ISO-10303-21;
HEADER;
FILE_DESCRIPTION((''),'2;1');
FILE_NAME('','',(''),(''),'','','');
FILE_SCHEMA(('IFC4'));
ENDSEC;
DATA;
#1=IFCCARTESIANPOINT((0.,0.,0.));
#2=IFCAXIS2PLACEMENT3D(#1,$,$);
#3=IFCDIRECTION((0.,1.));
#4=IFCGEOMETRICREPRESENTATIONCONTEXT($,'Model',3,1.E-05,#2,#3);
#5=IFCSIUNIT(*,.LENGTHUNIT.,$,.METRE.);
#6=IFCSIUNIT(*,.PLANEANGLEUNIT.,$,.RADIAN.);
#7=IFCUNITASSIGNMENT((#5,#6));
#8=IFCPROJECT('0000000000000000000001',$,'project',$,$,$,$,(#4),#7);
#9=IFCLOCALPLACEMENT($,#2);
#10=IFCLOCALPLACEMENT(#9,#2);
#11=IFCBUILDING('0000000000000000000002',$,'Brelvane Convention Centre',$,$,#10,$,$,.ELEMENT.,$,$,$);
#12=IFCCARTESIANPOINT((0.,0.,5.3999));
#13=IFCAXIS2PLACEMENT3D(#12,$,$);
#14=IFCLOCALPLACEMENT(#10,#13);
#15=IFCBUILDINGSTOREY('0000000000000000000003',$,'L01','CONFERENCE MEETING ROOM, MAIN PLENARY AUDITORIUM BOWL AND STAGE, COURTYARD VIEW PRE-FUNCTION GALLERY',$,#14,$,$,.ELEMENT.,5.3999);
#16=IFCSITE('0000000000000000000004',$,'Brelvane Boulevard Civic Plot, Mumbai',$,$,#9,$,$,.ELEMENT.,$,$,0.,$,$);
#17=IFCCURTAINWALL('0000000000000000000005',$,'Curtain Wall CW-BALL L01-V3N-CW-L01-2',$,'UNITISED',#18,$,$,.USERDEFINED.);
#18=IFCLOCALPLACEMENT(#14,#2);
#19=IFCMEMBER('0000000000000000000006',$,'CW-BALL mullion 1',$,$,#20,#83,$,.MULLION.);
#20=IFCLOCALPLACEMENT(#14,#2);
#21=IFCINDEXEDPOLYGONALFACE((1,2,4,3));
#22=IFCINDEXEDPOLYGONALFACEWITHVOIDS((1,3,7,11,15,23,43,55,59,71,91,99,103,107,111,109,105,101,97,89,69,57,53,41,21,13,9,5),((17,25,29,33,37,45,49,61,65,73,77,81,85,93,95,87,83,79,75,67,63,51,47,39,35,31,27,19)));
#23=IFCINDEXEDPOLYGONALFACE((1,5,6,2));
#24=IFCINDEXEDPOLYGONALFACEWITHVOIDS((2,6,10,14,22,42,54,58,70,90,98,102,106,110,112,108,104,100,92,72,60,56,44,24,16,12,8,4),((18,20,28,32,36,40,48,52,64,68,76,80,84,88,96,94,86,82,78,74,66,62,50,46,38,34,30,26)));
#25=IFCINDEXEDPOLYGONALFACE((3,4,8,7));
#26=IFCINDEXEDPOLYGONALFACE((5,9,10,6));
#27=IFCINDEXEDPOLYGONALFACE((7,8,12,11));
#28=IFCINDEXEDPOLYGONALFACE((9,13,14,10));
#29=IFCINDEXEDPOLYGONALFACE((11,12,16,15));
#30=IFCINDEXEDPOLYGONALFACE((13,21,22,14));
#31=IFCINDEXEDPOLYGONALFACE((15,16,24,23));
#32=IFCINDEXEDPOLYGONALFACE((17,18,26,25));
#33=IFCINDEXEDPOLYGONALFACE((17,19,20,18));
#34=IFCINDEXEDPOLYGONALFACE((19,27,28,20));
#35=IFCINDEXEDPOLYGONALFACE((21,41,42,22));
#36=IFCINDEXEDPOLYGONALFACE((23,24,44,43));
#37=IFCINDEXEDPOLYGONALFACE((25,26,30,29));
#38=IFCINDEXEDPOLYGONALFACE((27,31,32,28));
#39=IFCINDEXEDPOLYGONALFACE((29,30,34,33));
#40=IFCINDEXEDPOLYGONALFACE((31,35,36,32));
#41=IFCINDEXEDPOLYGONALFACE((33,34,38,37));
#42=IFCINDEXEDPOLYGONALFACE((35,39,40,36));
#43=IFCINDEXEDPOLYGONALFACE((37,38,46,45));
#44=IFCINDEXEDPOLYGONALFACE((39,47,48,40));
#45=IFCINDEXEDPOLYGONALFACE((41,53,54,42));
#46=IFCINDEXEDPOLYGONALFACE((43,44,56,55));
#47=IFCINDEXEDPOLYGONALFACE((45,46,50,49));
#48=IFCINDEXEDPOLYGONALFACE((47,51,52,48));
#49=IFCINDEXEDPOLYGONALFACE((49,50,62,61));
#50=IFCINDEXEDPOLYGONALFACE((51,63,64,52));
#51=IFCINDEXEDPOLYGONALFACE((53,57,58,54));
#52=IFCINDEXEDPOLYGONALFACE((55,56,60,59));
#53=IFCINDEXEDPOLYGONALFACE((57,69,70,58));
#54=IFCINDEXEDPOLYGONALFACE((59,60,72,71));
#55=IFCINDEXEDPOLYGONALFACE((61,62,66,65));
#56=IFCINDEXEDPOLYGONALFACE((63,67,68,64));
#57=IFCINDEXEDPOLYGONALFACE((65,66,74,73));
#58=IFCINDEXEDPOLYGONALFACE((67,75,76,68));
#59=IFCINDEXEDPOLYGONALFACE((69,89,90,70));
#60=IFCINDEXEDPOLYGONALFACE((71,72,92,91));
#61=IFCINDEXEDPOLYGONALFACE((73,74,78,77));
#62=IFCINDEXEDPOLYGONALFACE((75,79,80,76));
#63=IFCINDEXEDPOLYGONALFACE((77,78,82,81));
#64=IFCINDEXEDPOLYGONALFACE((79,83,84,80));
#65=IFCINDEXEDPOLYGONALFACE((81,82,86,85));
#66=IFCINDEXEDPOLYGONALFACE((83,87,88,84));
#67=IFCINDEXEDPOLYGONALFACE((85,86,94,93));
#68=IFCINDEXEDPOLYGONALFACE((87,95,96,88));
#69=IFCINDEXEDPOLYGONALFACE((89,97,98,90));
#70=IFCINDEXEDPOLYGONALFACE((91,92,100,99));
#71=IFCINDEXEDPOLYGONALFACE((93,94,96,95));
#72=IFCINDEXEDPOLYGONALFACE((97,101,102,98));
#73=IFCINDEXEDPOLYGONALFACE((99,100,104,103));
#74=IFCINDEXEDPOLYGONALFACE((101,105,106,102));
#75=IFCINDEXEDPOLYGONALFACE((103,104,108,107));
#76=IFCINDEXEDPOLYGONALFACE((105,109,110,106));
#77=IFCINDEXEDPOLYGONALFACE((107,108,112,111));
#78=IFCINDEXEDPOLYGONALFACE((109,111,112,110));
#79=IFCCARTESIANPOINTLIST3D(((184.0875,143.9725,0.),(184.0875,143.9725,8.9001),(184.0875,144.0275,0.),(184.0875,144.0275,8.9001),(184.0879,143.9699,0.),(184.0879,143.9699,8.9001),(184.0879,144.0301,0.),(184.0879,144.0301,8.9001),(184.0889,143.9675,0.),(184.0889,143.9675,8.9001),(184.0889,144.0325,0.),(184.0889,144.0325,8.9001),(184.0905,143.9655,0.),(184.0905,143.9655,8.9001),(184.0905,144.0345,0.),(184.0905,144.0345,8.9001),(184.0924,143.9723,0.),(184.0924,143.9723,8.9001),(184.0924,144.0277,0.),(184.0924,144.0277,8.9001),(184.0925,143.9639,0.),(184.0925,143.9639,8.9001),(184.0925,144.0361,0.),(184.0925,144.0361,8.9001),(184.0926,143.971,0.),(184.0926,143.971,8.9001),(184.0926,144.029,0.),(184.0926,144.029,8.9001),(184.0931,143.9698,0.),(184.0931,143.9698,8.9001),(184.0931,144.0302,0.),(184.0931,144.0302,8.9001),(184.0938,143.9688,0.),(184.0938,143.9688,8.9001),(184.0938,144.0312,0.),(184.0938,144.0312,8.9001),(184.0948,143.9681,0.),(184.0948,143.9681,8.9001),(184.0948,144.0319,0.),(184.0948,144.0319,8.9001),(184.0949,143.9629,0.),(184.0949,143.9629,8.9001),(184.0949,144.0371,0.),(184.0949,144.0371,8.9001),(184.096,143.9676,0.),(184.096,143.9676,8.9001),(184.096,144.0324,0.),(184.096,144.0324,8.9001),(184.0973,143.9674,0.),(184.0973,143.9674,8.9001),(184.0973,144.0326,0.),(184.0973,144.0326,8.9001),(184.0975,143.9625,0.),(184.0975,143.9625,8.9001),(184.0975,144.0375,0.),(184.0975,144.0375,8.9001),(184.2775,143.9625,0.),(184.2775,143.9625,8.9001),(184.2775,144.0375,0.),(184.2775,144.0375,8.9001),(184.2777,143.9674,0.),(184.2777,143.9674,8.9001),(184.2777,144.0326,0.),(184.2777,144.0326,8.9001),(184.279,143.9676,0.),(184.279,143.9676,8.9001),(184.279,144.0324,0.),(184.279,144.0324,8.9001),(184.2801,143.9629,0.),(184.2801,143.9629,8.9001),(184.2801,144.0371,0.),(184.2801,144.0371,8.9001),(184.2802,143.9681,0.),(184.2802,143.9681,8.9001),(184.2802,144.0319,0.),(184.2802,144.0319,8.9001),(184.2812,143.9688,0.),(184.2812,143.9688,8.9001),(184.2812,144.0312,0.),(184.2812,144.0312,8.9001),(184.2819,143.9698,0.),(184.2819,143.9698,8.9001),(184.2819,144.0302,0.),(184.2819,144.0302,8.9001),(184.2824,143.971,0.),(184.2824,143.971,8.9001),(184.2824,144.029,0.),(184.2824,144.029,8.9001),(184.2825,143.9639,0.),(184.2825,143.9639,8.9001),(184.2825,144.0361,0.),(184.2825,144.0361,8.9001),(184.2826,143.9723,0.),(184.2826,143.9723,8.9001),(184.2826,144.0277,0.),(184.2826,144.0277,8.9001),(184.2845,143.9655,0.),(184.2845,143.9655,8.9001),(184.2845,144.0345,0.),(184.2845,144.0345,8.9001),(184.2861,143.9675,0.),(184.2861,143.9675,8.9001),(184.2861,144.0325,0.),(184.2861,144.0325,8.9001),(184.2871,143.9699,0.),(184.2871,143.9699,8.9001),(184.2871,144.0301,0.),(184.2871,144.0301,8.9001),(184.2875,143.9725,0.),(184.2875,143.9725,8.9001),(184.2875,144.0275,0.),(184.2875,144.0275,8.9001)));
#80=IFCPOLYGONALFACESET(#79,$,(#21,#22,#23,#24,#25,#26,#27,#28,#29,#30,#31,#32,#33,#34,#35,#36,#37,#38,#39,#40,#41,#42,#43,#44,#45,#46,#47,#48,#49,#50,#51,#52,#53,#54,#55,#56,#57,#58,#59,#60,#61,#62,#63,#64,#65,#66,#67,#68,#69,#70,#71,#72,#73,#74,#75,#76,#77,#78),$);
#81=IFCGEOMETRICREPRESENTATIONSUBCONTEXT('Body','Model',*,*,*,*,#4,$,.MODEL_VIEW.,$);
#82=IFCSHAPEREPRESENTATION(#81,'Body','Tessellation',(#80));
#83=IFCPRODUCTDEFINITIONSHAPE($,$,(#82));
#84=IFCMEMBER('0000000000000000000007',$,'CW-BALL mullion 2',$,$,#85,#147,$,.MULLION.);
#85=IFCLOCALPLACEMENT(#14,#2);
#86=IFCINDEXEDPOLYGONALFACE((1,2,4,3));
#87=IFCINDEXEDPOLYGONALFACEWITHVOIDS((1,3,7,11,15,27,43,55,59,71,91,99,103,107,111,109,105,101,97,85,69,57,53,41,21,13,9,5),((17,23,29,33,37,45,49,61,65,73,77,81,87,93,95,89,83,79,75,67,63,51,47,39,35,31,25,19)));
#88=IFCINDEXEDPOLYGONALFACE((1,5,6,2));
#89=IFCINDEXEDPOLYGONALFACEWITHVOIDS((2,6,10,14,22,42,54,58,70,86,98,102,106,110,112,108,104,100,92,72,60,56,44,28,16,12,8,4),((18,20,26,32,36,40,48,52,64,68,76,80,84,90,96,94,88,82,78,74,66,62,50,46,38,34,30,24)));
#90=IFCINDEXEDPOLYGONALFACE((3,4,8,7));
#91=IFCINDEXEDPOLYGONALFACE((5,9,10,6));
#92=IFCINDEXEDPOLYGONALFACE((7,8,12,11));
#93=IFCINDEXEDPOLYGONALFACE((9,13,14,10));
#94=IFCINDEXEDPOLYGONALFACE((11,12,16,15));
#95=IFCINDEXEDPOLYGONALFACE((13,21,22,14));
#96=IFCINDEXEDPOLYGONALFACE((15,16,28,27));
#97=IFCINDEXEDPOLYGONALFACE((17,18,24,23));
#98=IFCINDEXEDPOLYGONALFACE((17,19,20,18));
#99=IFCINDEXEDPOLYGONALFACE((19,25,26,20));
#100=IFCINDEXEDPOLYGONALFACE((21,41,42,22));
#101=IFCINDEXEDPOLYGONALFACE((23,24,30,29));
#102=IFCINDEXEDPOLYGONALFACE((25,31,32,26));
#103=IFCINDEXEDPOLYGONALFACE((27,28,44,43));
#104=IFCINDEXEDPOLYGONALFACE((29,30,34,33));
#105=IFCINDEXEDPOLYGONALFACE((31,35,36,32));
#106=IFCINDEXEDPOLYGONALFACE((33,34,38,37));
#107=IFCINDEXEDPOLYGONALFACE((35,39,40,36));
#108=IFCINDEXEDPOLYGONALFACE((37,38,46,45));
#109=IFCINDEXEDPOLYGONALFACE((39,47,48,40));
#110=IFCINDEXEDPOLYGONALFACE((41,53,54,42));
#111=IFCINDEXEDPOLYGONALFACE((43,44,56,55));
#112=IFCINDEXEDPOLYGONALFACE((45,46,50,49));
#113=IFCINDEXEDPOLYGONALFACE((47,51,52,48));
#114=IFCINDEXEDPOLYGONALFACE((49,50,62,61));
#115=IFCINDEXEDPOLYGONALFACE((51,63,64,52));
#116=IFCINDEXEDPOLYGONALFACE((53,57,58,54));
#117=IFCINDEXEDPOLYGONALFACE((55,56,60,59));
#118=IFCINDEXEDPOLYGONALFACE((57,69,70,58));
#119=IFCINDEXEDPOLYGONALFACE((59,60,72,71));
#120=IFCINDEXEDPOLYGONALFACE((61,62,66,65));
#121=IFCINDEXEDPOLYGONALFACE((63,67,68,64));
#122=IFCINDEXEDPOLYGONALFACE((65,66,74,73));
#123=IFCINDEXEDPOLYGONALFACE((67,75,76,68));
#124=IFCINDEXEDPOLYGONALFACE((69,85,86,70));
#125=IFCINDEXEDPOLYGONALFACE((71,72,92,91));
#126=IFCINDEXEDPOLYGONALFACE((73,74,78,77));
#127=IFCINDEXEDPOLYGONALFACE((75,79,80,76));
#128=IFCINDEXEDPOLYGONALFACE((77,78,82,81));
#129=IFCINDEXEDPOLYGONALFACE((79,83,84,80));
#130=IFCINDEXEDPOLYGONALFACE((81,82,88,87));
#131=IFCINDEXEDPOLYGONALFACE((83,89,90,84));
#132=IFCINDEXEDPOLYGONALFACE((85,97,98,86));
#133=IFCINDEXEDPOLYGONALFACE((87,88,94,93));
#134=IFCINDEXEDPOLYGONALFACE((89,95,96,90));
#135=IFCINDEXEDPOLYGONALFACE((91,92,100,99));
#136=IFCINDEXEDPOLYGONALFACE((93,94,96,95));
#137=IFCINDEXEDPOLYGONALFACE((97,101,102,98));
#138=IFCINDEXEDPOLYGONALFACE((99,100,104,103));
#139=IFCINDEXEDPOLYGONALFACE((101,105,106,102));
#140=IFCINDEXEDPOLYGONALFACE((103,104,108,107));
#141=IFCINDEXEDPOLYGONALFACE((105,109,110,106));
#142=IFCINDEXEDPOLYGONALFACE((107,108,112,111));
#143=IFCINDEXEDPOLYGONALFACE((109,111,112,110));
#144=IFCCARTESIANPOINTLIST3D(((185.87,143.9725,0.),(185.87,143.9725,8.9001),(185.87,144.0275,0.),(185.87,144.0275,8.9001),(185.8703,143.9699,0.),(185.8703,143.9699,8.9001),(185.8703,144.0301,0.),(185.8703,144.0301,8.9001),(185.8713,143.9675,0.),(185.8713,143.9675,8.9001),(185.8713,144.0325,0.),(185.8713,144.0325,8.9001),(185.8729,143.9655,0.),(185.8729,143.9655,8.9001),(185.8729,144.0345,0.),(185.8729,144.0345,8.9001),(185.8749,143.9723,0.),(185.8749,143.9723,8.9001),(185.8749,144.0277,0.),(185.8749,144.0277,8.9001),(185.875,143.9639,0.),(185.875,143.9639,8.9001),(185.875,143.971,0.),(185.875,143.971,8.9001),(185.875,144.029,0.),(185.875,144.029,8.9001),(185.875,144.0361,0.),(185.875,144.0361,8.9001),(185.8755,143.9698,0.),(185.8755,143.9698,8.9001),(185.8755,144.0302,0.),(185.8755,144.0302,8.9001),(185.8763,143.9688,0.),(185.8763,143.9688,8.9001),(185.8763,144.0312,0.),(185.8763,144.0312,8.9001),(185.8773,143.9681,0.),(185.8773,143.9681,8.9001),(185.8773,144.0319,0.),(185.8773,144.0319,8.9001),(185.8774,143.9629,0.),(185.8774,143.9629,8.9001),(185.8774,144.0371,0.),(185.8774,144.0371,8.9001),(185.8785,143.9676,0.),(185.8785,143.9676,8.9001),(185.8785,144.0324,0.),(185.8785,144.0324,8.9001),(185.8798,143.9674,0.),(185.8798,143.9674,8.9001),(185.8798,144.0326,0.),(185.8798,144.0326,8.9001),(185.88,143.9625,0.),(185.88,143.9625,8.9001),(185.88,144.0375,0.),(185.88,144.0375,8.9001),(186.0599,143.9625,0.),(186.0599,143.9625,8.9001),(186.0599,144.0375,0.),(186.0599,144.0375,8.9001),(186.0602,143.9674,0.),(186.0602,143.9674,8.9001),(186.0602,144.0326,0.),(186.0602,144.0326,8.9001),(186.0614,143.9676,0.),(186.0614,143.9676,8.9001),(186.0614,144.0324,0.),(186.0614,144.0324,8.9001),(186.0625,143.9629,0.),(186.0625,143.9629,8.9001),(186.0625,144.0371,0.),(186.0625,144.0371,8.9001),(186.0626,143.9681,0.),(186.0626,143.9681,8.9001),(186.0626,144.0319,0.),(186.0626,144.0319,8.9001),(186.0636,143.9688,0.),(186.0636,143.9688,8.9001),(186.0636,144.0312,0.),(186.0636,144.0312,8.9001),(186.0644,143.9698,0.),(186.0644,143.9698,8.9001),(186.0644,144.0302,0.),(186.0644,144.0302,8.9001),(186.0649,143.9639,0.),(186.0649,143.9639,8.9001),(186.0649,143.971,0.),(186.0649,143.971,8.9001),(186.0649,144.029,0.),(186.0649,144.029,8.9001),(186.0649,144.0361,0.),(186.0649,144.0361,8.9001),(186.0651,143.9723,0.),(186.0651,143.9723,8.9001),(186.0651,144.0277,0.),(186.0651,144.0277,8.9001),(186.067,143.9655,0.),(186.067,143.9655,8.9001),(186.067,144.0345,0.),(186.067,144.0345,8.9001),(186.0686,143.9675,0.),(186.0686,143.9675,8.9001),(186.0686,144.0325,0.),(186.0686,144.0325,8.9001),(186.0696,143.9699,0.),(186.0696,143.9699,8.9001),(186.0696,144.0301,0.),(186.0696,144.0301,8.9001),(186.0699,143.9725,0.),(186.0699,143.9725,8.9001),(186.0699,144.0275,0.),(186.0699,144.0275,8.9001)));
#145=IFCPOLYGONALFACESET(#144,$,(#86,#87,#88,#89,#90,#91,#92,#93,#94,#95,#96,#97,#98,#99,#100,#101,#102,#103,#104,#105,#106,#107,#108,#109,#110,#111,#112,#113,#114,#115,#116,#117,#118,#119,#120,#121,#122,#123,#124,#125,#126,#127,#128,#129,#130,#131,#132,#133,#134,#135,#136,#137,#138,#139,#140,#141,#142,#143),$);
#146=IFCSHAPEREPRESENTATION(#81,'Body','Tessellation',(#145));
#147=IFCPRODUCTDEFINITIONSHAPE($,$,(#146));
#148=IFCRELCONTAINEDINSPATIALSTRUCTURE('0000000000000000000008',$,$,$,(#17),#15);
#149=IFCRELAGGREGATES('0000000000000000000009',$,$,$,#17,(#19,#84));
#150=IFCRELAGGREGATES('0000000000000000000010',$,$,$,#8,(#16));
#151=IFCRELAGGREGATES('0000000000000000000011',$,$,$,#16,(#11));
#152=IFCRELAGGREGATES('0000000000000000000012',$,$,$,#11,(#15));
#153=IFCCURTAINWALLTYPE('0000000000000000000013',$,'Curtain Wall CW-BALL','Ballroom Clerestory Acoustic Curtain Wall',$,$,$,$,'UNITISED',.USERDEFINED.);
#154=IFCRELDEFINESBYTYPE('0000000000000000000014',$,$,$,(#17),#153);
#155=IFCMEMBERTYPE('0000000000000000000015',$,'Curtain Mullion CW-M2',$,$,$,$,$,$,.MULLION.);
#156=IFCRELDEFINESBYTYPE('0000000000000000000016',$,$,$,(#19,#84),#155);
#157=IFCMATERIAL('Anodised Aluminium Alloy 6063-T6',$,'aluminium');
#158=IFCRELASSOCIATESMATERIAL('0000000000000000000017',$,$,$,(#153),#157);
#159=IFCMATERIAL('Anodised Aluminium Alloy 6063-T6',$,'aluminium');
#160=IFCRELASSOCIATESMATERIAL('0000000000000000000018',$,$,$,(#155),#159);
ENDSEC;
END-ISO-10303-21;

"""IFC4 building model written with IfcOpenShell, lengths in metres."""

from ifc_helpers import new_model, si_unit, direction, frame, origin, origin_2d, place, context, subcontext, project, spatial, hollow_rectangle, extrude, material, material_profile, profile_set, type_object, element, aggregate, save


model = new_model("IFC4")

# Units and contexts
model_context = context("Model", 3, precision=1e-05, world=origin(), true_north=direction((0.0, 1.0)))
body_context = subcontext(model_context, "Body", "Model", "MODEL_VIEW")
ifc_project = project(units=[si_unit("LENGTHUNIT", "METRE"), si_unit("PLANEANGLEUNIT", "RADIAN")], contexts=[model_context])

# Site, building, storey
site_placement = place(None, origin())
site = spatial("IfcSite", under=ifc_project, at=site_placement, Name="Brelvane Boulevard Civic Plot, Mumbai", CompositionType="ELEMENT", RefElevation=0.0)
building_placement = place(site_placement, origin())
building = spatial("IfcBuilding", under=site, at=building_placement, Name="Brelvane Convention Centre", CompositionType="ELEMENT")
storey_placement = place(building_placement, frame((0.0, 0.0, 5.3999)))
storey = spatial("IfcBuildingStorey", under=building, at=storey_placement, Name="L01", Description="CONFERENCE MEETING ROOM, MAIN PLENARY AUDITORIUM BOWL AND STAGE, COURTYARD VIEW PRE-FUNCTION GALLERY", CompositionType="ELEMENT", Elevation=5.3999)

# Curtain wall, members
ifc_material_1 = material(Name="Anodised Aluminium Alloy 6063-T6", Category="aluminium")
curtain_wall_type = type_object("IfcCurtainWallType", Name="Curtain Wall CW-BALL", Description="Ballroom Clerestory Acoustic Curtain Wall", ElementType="UNITISED", PredefinedType="USERDEFINED", material=ifc_material_1)
curtain_wall_placement = place(storey_placement, origin())
curtain_wall = element("IfcCurtainWall", 1, at=curtain_wall_placement, inside=storey, type_object=curtain_wall_type, Name="Curtain Wall CW-BALL L01-V3N-CW-L01-2", ObjectType="UNITISED", PredefinedType="USERDEFINED")
ifc_material_2 = material(Name="Anodised Aluminium Alloy 6063-T6", Category="aluminium")
ifc_material_profile_1 = material_profile(ifc_material_2, hollow_rectangle(XDim=0.075, YDim=0.2, WallThickness=0.0049, InnerFilletRadius=0.0049, OuterFilletRadius=0.01, at=origin_2d()), Name="ALU-M 200x75x5.0")
ifc_profile_set_1 = profile_set([ifc_material_profile_1], Name="Anodised Aluminium Alloy 6063-T6")
member_type_1 = type_object("IfcMemberType", Name="Curtain Mullion CW-M2", PredefinedType="MULLION", material=ifc_profile_set_1)
member_1_placement = place(storey_placement, frame((184.1875, 144.0, 0.0), z_axis=(0.0, 0.0, 1.0), x_axis=(0.0, 1.0, 0.0)))
member_1 = element("IfcMember", 2, at=member_1_placement, type_object=member_type_1, Name="CW-BALL mullion 1", PredefinedType="MULLION", context=body_context, shape_type="SweptSolid", body=[
    extrude(hollow_rectangle(XDim=0.075, YDim=0.2, WallThickness=0.0049, InnerFilletRadius=0.0049, OuterFilletRadius=0.01, at=origin_2d()), origin(), (0.0, 0.0, 1.0), 8.9001),
])
member_2_placement = place(storey_placement, frame((185.97, 144.0, 0.0), z_axis=(0.0, 0.0, 1.0), x_axis=(0.0, 1.0, 0.0)))
member_2 = element("IfcMember", 3, at=member_2_placement, type_object=member_type_1, Name="CW-BALL mullion 2", PredefinedType="MULLION", context=body_context, shape_type="SweptSolid", body=[
    extrude(hollow_rectangle(XDim=0.075, YDim=0.2, WallThickness=0.0049, InnerFilletRadius=0.0049, OuterFilletRadius=0.01, at=origin_2d()), origin(), (0.0, 0.0, 1.0), 8.9001),
])
aggregate(curtain_wall, [member_1, member_2])

save(model, "model.ifc")
